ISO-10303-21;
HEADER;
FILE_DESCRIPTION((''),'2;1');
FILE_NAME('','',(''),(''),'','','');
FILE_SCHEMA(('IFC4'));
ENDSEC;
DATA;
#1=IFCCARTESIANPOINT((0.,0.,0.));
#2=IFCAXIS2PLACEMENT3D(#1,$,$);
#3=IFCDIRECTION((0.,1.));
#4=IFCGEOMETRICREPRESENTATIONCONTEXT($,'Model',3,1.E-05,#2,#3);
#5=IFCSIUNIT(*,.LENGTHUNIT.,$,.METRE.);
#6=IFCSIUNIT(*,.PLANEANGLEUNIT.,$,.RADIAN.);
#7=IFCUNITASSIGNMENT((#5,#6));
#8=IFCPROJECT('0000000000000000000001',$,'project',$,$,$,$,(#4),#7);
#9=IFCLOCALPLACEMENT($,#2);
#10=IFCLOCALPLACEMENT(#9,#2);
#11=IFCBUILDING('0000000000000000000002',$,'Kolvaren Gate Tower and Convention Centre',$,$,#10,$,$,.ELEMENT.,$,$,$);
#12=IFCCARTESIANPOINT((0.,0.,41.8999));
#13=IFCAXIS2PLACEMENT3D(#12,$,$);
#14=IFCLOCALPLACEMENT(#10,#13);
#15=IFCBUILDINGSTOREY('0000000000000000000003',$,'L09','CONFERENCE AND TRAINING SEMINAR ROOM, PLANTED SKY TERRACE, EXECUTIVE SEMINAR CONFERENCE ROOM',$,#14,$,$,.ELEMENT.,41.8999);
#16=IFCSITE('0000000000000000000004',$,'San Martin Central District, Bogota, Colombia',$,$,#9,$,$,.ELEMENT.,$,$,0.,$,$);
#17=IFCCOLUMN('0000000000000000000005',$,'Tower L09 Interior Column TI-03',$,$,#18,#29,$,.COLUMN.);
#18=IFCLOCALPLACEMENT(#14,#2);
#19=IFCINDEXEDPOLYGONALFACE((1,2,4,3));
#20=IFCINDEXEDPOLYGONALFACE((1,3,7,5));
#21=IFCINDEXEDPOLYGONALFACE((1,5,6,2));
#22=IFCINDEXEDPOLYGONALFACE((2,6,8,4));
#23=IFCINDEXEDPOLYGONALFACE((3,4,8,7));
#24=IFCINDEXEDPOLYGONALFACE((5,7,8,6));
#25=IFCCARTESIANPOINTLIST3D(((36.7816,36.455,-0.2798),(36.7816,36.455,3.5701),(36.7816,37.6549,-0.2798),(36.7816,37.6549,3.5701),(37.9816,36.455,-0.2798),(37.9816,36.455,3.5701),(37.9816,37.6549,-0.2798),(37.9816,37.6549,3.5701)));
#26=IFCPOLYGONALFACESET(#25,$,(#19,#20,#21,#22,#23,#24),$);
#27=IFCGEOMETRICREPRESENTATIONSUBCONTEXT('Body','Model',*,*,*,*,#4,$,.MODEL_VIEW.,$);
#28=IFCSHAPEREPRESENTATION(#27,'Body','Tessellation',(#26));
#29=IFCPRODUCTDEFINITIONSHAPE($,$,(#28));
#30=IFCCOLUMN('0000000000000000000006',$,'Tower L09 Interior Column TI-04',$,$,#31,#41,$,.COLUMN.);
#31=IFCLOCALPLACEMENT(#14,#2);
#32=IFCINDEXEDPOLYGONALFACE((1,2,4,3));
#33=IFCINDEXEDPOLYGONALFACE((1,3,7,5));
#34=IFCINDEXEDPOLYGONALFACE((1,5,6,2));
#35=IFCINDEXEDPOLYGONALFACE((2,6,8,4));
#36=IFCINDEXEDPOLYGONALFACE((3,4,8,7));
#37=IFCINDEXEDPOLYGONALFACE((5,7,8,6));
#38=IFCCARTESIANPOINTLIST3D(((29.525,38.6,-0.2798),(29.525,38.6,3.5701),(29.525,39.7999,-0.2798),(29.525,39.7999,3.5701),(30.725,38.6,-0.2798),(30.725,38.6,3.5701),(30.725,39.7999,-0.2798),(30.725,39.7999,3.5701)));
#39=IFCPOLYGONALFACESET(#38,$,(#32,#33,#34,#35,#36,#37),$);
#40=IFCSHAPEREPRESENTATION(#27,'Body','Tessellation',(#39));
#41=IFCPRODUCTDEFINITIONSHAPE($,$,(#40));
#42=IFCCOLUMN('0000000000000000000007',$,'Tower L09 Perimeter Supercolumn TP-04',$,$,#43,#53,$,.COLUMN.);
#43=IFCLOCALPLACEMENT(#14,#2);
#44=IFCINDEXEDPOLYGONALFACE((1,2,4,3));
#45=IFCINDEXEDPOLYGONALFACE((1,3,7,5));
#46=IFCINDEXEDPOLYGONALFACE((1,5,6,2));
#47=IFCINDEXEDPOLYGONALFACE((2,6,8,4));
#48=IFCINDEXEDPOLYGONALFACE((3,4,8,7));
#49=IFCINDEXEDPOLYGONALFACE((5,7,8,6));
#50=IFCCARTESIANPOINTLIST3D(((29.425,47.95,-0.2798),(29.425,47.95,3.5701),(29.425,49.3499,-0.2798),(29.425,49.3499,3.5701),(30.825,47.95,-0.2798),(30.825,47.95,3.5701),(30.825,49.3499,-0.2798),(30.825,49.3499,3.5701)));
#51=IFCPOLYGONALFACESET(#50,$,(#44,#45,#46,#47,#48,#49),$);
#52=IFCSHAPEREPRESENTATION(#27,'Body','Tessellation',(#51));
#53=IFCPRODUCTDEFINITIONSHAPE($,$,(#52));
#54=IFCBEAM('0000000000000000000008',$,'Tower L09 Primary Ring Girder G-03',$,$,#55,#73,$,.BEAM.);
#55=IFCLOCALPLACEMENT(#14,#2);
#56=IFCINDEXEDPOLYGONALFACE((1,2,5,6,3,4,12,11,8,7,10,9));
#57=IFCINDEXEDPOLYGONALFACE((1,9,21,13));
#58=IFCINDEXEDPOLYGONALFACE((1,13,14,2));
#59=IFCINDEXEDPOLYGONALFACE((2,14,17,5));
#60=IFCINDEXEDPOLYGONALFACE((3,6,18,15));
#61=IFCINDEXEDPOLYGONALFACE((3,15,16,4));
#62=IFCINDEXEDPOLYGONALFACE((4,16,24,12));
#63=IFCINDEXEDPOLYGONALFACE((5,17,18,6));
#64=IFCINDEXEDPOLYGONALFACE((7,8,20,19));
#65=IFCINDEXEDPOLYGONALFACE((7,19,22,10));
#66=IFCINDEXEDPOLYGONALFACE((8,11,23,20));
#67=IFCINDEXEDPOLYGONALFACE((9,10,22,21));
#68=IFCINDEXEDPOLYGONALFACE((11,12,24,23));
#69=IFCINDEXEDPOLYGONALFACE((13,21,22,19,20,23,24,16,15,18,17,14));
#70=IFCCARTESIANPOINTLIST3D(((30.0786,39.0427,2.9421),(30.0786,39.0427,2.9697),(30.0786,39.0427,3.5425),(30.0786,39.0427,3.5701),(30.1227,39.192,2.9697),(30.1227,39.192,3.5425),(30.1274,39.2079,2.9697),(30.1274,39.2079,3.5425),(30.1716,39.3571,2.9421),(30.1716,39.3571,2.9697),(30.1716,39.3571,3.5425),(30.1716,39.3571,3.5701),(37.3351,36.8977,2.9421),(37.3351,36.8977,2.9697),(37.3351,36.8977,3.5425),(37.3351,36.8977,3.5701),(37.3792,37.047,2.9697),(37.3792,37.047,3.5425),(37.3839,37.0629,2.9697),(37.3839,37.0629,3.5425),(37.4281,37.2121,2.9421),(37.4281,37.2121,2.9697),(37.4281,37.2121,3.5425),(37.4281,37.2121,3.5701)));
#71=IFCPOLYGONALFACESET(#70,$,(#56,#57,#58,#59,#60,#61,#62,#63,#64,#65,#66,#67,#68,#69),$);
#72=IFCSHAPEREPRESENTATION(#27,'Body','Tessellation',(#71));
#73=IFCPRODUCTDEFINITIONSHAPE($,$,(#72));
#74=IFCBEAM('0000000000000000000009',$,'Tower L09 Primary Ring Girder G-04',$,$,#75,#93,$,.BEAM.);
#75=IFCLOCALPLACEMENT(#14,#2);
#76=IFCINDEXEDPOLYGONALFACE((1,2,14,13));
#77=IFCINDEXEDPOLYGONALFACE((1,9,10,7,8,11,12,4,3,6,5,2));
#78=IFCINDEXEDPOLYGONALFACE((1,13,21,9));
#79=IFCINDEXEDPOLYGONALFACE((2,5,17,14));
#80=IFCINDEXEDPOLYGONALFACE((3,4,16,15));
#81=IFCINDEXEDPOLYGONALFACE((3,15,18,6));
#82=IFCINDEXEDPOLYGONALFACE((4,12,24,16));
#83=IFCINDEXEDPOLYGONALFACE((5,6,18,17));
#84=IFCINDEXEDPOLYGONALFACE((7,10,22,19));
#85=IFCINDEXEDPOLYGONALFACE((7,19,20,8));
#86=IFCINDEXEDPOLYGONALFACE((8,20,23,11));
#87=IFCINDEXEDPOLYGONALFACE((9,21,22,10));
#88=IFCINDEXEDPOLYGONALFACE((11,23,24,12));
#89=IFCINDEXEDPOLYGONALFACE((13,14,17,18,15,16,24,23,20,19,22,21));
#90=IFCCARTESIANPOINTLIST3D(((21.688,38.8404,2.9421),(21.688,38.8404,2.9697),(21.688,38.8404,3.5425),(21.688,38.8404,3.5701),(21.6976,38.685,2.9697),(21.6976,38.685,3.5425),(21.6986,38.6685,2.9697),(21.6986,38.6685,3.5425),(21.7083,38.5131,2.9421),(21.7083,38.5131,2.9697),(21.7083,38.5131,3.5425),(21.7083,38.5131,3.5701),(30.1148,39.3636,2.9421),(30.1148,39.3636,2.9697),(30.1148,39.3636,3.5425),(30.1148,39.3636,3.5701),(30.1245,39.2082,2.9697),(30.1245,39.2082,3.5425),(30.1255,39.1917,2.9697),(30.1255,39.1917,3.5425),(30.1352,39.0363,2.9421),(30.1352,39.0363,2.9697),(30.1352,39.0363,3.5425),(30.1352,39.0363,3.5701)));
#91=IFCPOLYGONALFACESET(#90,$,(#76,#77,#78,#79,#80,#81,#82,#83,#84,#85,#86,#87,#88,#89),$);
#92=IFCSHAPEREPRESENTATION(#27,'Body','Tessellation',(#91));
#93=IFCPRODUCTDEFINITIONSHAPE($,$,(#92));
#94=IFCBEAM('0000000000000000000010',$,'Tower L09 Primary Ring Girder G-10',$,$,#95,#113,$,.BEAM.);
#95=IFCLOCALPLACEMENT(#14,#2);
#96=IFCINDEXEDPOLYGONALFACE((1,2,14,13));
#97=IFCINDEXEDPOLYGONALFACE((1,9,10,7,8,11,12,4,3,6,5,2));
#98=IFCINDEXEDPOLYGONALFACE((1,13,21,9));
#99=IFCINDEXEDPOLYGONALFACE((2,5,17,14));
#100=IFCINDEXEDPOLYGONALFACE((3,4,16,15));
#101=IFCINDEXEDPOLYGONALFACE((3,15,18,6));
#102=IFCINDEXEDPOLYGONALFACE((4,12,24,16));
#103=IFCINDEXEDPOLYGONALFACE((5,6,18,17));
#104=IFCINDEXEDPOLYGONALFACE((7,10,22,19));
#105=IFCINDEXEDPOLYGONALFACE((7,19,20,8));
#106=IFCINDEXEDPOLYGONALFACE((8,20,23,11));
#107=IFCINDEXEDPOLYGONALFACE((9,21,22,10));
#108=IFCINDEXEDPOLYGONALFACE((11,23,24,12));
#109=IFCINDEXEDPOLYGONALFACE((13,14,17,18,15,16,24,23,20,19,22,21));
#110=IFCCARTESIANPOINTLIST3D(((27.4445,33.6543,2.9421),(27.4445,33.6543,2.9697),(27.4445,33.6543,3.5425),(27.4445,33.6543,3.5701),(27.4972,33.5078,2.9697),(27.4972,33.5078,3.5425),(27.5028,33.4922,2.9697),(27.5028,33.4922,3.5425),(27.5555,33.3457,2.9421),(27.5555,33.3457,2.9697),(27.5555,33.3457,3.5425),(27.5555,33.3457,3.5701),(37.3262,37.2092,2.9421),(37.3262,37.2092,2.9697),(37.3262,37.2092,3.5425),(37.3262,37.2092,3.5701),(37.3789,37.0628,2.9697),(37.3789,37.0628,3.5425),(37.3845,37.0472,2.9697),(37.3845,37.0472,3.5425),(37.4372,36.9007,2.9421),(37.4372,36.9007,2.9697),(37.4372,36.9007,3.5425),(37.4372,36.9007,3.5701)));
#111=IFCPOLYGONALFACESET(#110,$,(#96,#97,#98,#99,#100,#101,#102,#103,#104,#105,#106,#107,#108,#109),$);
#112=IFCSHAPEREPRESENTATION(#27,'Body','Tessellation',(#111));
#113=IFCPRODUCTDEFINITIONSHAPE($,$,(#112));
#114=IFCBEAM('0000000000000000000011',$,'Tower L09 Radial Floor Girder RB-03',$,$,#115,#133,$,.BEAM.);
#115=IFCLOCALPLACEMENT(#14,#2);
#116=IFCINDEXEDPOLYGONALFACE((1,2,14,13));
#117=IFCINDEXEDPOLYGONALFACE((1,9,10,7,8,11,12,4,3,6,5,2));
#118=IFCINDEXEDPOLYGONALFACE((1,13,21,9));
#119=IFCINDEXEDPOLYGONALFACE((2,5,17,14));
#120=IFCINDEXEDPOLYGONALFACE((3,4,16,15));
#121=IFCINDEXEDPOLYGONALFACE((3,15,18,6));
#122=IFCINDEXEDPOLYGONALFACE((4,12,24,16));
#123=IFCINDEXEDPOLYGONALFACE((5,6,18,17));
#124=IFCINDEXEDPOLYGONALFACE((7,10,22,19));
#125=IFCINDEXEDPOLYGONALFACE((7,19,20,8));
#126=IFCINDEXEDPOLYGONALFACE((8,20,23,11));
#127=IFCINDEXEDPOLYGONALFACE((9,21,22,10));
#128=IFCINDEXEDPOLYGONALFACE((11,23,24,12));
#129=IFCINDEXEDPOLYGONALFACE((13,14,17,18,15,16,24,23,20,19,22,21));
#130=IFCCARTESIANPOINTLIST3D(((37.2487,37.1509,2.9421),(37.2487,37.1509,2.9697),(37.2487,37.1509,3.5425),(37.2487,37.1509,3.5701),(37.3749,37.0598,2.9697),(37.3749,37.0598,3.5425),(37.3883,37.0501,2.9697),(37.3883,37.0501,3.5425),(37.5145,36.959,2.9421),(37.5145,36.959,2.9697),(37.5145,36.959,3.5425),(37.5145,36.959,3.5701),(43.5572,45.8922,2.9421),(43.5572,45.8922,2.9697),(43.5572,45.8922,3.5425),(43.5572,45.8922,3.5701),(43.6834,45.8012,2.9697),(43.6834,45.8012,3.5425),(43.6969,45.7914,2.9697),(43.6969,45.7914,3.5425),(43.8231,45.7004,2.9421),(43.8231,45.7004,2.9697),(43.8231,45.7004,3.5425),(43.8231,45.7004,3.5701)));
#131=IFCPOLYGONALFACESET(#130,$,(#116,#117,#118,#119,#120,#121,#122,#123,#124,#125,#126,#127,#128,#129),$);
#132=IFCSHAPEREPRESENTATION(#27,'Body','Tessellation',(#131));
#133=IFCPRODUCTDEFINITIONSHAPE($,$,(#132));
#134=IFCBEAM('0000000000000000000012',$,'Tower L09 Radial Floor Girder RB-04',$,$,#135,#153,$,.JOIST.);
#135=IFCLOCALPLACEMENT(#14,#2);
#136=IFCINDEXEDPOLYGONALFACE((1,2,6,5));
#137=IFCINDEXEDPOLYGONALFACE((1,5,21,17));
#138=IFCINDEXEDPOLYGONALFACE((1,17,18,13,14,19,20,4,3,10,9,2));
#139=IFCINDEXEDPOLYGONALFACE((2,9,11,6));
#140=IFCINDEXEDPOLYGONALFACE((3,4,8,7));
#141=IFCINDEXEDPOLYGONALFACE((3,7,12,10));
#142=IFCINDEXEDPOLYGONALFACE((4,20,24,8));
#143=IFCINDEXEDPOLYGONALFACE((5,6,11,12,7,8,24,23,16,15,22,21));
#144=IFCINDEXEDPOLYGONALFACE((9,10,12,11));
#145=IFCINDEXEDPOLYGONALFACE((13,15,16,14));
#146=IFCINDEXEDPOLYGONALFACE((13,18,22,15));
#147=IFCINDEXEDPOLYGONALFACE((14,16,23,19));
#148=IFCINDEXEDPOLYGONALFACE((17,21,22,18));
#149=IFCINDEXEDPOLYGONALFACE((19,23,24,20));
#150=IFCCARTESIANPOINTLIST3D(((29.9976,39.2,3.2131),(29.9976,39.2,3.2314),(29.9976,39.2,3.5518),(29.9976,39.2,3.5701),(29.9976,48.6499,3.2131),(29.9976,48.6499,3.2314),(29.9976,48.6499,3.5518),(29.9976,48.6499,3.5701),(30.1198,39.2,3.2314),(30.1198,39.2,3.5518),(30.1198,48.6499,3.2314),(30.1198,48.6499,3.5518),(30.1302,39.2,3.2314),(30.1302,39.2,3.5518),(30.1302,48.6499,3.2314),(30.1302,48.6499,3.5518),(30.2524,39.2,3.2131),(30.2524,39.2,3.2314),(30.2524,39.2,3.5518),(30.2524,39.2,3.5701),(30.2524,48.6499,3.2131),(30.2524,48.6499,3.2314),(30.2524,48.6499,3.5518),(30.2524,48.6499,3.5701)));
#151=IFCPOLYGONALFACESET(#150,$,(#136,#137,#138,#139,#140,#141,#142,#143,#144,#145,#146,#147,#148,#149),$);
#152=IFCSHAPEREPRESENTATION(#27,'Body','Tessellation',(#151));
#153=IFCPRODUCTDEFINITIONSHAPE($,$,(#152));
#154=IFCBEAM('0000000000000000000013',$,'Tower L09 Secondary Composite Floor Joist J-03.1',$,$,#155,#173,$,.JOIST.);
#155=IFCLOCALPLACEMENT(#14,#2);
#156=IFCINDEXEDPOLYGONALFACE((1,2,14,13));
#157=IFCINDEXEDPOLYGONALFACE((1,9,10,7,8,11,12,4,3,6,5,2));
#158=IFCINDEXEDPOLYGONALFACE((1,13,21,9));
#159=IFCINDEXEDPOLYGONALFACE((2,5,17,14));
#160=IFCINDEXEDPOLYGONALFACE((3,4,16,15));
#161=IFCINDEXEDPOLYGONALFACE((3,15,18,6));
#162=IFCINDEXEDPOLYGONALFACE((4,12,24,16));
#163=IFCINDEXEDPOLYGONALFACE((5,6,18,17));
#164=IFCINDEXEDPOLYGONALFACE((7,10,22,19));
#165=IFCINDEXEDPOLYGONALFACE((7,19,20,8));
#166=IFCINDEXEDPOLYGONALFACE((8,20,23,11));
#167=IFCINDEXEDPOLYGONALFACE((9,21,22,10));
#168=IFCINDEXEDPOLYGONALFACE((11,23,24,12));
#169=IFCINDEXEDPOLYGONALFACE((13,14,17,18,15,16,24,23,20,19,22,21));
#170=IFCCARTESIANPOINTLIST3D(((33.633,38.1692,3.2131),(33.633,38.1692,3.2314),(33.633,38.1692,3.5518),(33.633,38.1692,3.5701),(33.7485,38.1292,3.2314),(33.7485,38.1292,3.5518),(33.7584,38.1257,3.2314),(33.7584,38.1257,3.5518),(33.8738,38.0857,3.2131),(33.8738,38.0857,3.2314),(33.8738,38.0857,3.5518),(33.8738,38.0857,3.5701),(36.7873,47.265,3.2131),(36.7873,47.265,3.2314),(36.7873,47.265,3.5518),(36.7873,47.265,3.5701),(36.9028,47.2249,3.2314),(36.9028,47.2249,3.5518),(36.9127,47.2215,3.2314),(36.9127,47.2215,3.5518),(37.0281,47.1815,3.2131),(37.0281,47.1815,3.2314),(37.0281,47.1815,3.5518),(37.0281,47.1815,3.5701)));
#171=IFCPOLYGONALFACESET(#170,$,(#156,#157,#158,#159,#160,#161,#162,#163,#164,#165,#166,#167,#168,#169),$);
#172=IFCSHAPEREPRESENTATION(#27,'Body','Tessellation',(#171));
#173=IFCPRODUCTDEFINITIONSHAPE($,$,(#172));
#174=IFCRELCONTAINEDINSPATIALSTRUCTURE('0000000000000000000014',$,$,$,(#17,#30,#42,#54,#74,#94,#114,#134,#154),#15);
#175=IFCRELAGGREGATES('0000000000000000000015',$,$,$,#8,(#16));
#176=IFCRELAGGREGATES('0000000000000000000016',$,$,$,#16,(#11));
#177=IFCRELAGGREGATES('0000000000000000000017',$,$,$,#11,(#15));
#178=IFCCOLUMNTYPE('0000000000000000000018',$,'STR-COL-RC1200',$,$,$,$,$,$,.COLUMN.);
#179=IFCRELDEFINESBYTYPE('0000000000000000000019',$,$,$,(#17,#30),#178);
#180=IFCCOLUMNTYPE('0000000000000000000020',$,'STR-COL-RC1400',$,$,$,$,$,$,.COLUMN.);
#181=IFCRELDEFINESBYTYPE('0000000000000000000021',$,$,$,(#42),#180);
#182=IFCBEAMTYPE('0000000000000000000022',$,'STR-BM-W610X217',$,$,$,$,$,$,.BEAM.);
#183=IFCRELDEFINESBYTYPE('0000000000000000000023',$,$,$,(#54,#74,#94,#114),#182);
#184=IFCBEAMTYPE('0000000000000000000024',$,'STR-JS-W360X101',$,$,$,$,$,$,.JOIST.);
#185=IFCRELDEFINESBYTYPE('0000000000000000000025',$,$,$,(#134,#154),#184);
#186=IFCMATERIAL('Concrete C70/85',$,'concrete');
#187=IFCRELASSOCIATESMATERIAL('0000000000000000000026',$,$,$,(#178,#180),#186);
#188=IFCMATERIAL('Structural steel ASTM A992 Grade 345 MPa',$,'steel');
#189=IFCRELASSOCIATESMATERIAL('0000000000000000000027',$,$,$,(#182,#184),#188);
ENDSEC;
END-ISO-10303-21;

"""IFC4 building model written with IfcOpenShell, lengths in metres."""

from ifc_helpers import new_model, si_unit, direction, frame, origin, origin_2d, place, context, subcontext, project, spatial, rectangle, i_section, extrude, material, material_profile, profile_set, type_object, element, save


model = new_model("IFC4")

# Units and contexts
model_context = context("Model", 3, precision=1e-05, world=origin(), true_north=direction((0.0, 1.0)))
body_context = subcontext(model_context, "Body", "Model", "MODEL_VIEW")
ifc_project = project(units=[si_unit("LENGTHUNIT", "METRE"), si_unit("PLANEANGLEUNIT", "RADIAN")], contexts=[model_context])

# Site, building, storey
site_placement = place(None, origin())
site = spatial("IfcSite", under=ifc_project, at=site_placement, Name="San Martin Central District, Bogota, Colombia", CompositionType="ELEMENT", RefElevation=0.0)
building_placement = place(site_placement, origin())
building = spatial("IfcBuilding", under=site, at=building_placement, Name="Kolvaren Gate Tower and Convention Centre", CompositionType="ELEMENT")
storey_placement = place(building_placement, frame((0.0, 0.0, 41.8999)))
storey = spatial("IfcBuildingStorey", under=building, at=storey_placement, Name="L09", Description="CONFERENCE AND TRAINING SEMINAR ROOM, PLANTED SKY TERRACE, EXECUTIVE SEMINAR CONFERENCE ROOM", CompositionType="ELEMENT", Elevation=41.8999)

# Columns
ifc_material_1 = material(Name="Concrete C70/85", Category="concrete")
ifc_material_profile_1 = material_profile(ifc_material_1, rectangle(XDim=1.2, YDim=1.2, at=origin_2d()), Name="RC-COL-1200X1200")
ifc_profile_set_1 = profile_set([ifc_material_profile_1], Name="Concrete C70/85")
column_type_1 = type_object("IfcColumnType", Name="STR-COL-RC1200", PredefinedType="COLUMN", material=ifc_profile_set_1)
for number, where, z_axis, x_axis, name in (
    (1, (37.3816, 37.0549, -0.2798), (0.0, 0.0, 1.0), (1.0, 0.0, 0.0), "Tower L09 Interior Column TI-03"),
    (2, (30.125, 39.2, -0.2798), (0.0, 0.0, 1.0), (1.0, 0.0, 0.0), "Tower L09 Interior Column TI-04"),
):
    element("IfcColumn", number, at=place(storey_placement, frame(where, z_axis=z_axis, x_axis=x_axis)), inside=storey, type_object=column_type_1, Name=name, PredefinedType="COLUMN", context=body_context, shape_type="SweptSolid", body=[
        extrude(rectangle(XDim=1.2, YDim=1.2, at=origin_2d()), origin(), (0.0, 0.0, 1.0), 3.8499),
    ])
ifc_material_profile_2 = material_profile(ifc_material_1, rectangle(XDim=1.3999, YDim=1.3999, at=origin_2d()), Name="RC-COL-1400X1400")
ifc_profile_set_2 = profile_set([ifc_material_profile_2], Name="Concrete C70/85")
column_type_2 = type_object("IfcColumnType", Name="STR-COL-RC1400", PredefinedType="COLUMN", material=ifc_profile_set_2)
column_placement = place(storey_placement, frame((30.125, 48.6499, -0.2798), z_axis=(0.0, 0.0, 1.0), x_axis=(1.0, 0.0, 0.0)))
element("IfcColumn", 3, at=column_placement, inside=storey, type_object=column_type_2, Name="Tower L09 Perimeter Supercolumn TP-04", PredefinedType="COLUMN", context=body_context, shape_type="SweptSolid", body=[
    extrude(rectangle(XDim=1.3999, YDim=1.3999, at=origin_2d()), origin(), (0.0, 0.0, 1.0), 3.8499),
])

# Beams
ifc_material_2 = material(Name="Structural steel ASTM A992 Grade 345 MPa", Category="steel")
ifc_material_profile_3 = material_profile(ifc_material_2, i_section(OverallWidth=0.3279, OverallDepth=0.6279, WebThickness=0.0166, FlangeThickness=0.0276, at=origin_2d()), Name="W610X217")
ifc_profile_set_3 = profile_set([ifc_material_profile_3], Name="Structural steel ASTM A992 Grade 345 MPa")
beam_type_1 = type_object("IfcBeamType", Name="STR-BM-W610X217", PredefinedType="BEAM", material=ifc_profile_set_3)
beam_1_placement = place(storey_placement, frame((37.3816, 37.0549, 3.2561), z_axis=(-0.958981, 0.283471, 0.0), x_axis=(-0.283471, -0.958981, 0.0)))
element("IfcBeam", 4, at=beam_1_placement, inside=storey, type_object=beam_type_1, Name="Tower L09 Primary Ring Girder G-03", PredefinedType="BEAM", context=body_context, shape_type="SweptSolid", body=[
    extrude(i_section(OverallWidth=0.3279, OverallDepth=0.6279, WebThickness=0.0166, FlangeThickness=0.0276, at=origin_2d()), origin(), (0.0, 0.0, 1.0), 7.5669),
])
beam_2_placement = place(storey_placement, frame((30.125, 39.2, 3.2561), z_axis=(-0.998078, -0.061966, 0.0), x_axis=(0.061966, -0.998078, 0.0)))
element("IfcBeam", 5, at=beam_2_placement, inside=storey, type_object=beam_type_1, Name="Tower L09 Primary Ring Girder G-04", PredefinedType="BEAM", context=body_context, shape_type="SweptSolid", body=[
    extrude(i_section(OverallWidth=0.3279, OverallDepth=0.6279, WebThickness=0.0166, FlangeThickness=0.0276, at=origin_2d()), origin(), (0.0, 0.0, 1.0), 8.4431),
])
beam_3_placement = place(storey_placement, frame((27.5, 33.5, 3.2561), z_axis=(0.940961, 0.338514, 0.0), x_axis=(-0.338514, 0.940961, 0.0)))
element("IfcBeam", 6, at=beam_3_placement, inside=storey, type_object=beam_type_1, Name="Tower L09 Primary Ring Girder G-10", PredefinedType="BEAM", context=body_context, shape_type="SweptSolid", body=[
    extrude(i_section(OverallWidth=0.3279, OverallDepth=0.6279, WebThickness=0.0166, FlangeThickness=0.0276, at=origin_2d()), origin(), (0.0, 0.0, 1.0), 10.5017),
])
beam_4_placement = place(storey_placement, frame((37.3816, 37.0549, 3.2561), z_axis=(0.585205, 0.810885, 0.0), x_axis=(-0.810885, 0.585205, 0.0)))
element("IfcBeam", 7, at=beam_4_placement, inside=storey, type_object=beam_type_1, Name="Tower L09 Radial Floor Girder RB-03", PredefinedType="BEAM", context=body_context, shape_type="SweptSolid", body=[
    extrude(i_section(OverallWidth=0.3279, OverallDepth=0.6279, WebThickness=0.0166, FlangeThickness=0.0276, at=origin_2d()), origin(), (0.0, 0.0, 1.0), 10.78),
])
ifc_material_profile_4 = material_profile(ifc_material_2, i_section(OverallWidth=0.2549, OverallDepth=0.3569, WebThickness=0.0105, FlangeThickness=0.0183, at=origin_2d()), Name="W360X101")
ifc_profile_set_4 = profile_set([ifc_material_profile_4], Name="Structural steel ASTM A992 Grade 345 MPa")
beam_type_2 = type_object("IfcBeamType", Name="STR-JS-W360X101", PredefinedType="JOIST", material=ifc_profile_set_4)
beam_5_placement = place(storey_placement, frame((30.125, 39.2, 3.3916), z_axis=(0.0, 1.0, 0.0), x_axis=(-1.0, 0.0, 0.0)))
element("IfcBeam", 8, at=beam_5_placement, inside=storey, type_object=beam_type_2, Name="Tower L09 Radial Floor Girder RB-04", PredefinedType="JOIST", context=body_context, shape_type="SweptSolid", body=[
    extrude(i_section(OverallWidth=0.2549, OverallDepth=0.3569, WebThickness=0.0105, FlangeThickness=0.0183, at=origin_2d()), origin(), (0.0, 0.0, 1.0), 9.45),
])
beam_6_placement = place(storey_placement, frame((33.7534, 38.1274, 3.3916), z_axis=(0.327647, 0.9448, 0.0), x_axis=(-0.9448, 0.327647, 0.0)))
element("IfcBeam", 9, at=beam_6_placement, inside=storey, type_object=beam_type_2, Name="Tower L09 Secondary Composite Floor Joist J-03.1", PredefinedType="JOIST", context=body_context, shape_type="SweptSolid", body=[
    extrude(i_section(OverallWidth=0.2549, OverallDepth=0.3569, WebThickness=0.0105, FlangeThickness=0.0183, at=origin_2d()), origin(), (0.0, 0.0, 1.0), 9.6272),
])

save(model, "model.ifc")
